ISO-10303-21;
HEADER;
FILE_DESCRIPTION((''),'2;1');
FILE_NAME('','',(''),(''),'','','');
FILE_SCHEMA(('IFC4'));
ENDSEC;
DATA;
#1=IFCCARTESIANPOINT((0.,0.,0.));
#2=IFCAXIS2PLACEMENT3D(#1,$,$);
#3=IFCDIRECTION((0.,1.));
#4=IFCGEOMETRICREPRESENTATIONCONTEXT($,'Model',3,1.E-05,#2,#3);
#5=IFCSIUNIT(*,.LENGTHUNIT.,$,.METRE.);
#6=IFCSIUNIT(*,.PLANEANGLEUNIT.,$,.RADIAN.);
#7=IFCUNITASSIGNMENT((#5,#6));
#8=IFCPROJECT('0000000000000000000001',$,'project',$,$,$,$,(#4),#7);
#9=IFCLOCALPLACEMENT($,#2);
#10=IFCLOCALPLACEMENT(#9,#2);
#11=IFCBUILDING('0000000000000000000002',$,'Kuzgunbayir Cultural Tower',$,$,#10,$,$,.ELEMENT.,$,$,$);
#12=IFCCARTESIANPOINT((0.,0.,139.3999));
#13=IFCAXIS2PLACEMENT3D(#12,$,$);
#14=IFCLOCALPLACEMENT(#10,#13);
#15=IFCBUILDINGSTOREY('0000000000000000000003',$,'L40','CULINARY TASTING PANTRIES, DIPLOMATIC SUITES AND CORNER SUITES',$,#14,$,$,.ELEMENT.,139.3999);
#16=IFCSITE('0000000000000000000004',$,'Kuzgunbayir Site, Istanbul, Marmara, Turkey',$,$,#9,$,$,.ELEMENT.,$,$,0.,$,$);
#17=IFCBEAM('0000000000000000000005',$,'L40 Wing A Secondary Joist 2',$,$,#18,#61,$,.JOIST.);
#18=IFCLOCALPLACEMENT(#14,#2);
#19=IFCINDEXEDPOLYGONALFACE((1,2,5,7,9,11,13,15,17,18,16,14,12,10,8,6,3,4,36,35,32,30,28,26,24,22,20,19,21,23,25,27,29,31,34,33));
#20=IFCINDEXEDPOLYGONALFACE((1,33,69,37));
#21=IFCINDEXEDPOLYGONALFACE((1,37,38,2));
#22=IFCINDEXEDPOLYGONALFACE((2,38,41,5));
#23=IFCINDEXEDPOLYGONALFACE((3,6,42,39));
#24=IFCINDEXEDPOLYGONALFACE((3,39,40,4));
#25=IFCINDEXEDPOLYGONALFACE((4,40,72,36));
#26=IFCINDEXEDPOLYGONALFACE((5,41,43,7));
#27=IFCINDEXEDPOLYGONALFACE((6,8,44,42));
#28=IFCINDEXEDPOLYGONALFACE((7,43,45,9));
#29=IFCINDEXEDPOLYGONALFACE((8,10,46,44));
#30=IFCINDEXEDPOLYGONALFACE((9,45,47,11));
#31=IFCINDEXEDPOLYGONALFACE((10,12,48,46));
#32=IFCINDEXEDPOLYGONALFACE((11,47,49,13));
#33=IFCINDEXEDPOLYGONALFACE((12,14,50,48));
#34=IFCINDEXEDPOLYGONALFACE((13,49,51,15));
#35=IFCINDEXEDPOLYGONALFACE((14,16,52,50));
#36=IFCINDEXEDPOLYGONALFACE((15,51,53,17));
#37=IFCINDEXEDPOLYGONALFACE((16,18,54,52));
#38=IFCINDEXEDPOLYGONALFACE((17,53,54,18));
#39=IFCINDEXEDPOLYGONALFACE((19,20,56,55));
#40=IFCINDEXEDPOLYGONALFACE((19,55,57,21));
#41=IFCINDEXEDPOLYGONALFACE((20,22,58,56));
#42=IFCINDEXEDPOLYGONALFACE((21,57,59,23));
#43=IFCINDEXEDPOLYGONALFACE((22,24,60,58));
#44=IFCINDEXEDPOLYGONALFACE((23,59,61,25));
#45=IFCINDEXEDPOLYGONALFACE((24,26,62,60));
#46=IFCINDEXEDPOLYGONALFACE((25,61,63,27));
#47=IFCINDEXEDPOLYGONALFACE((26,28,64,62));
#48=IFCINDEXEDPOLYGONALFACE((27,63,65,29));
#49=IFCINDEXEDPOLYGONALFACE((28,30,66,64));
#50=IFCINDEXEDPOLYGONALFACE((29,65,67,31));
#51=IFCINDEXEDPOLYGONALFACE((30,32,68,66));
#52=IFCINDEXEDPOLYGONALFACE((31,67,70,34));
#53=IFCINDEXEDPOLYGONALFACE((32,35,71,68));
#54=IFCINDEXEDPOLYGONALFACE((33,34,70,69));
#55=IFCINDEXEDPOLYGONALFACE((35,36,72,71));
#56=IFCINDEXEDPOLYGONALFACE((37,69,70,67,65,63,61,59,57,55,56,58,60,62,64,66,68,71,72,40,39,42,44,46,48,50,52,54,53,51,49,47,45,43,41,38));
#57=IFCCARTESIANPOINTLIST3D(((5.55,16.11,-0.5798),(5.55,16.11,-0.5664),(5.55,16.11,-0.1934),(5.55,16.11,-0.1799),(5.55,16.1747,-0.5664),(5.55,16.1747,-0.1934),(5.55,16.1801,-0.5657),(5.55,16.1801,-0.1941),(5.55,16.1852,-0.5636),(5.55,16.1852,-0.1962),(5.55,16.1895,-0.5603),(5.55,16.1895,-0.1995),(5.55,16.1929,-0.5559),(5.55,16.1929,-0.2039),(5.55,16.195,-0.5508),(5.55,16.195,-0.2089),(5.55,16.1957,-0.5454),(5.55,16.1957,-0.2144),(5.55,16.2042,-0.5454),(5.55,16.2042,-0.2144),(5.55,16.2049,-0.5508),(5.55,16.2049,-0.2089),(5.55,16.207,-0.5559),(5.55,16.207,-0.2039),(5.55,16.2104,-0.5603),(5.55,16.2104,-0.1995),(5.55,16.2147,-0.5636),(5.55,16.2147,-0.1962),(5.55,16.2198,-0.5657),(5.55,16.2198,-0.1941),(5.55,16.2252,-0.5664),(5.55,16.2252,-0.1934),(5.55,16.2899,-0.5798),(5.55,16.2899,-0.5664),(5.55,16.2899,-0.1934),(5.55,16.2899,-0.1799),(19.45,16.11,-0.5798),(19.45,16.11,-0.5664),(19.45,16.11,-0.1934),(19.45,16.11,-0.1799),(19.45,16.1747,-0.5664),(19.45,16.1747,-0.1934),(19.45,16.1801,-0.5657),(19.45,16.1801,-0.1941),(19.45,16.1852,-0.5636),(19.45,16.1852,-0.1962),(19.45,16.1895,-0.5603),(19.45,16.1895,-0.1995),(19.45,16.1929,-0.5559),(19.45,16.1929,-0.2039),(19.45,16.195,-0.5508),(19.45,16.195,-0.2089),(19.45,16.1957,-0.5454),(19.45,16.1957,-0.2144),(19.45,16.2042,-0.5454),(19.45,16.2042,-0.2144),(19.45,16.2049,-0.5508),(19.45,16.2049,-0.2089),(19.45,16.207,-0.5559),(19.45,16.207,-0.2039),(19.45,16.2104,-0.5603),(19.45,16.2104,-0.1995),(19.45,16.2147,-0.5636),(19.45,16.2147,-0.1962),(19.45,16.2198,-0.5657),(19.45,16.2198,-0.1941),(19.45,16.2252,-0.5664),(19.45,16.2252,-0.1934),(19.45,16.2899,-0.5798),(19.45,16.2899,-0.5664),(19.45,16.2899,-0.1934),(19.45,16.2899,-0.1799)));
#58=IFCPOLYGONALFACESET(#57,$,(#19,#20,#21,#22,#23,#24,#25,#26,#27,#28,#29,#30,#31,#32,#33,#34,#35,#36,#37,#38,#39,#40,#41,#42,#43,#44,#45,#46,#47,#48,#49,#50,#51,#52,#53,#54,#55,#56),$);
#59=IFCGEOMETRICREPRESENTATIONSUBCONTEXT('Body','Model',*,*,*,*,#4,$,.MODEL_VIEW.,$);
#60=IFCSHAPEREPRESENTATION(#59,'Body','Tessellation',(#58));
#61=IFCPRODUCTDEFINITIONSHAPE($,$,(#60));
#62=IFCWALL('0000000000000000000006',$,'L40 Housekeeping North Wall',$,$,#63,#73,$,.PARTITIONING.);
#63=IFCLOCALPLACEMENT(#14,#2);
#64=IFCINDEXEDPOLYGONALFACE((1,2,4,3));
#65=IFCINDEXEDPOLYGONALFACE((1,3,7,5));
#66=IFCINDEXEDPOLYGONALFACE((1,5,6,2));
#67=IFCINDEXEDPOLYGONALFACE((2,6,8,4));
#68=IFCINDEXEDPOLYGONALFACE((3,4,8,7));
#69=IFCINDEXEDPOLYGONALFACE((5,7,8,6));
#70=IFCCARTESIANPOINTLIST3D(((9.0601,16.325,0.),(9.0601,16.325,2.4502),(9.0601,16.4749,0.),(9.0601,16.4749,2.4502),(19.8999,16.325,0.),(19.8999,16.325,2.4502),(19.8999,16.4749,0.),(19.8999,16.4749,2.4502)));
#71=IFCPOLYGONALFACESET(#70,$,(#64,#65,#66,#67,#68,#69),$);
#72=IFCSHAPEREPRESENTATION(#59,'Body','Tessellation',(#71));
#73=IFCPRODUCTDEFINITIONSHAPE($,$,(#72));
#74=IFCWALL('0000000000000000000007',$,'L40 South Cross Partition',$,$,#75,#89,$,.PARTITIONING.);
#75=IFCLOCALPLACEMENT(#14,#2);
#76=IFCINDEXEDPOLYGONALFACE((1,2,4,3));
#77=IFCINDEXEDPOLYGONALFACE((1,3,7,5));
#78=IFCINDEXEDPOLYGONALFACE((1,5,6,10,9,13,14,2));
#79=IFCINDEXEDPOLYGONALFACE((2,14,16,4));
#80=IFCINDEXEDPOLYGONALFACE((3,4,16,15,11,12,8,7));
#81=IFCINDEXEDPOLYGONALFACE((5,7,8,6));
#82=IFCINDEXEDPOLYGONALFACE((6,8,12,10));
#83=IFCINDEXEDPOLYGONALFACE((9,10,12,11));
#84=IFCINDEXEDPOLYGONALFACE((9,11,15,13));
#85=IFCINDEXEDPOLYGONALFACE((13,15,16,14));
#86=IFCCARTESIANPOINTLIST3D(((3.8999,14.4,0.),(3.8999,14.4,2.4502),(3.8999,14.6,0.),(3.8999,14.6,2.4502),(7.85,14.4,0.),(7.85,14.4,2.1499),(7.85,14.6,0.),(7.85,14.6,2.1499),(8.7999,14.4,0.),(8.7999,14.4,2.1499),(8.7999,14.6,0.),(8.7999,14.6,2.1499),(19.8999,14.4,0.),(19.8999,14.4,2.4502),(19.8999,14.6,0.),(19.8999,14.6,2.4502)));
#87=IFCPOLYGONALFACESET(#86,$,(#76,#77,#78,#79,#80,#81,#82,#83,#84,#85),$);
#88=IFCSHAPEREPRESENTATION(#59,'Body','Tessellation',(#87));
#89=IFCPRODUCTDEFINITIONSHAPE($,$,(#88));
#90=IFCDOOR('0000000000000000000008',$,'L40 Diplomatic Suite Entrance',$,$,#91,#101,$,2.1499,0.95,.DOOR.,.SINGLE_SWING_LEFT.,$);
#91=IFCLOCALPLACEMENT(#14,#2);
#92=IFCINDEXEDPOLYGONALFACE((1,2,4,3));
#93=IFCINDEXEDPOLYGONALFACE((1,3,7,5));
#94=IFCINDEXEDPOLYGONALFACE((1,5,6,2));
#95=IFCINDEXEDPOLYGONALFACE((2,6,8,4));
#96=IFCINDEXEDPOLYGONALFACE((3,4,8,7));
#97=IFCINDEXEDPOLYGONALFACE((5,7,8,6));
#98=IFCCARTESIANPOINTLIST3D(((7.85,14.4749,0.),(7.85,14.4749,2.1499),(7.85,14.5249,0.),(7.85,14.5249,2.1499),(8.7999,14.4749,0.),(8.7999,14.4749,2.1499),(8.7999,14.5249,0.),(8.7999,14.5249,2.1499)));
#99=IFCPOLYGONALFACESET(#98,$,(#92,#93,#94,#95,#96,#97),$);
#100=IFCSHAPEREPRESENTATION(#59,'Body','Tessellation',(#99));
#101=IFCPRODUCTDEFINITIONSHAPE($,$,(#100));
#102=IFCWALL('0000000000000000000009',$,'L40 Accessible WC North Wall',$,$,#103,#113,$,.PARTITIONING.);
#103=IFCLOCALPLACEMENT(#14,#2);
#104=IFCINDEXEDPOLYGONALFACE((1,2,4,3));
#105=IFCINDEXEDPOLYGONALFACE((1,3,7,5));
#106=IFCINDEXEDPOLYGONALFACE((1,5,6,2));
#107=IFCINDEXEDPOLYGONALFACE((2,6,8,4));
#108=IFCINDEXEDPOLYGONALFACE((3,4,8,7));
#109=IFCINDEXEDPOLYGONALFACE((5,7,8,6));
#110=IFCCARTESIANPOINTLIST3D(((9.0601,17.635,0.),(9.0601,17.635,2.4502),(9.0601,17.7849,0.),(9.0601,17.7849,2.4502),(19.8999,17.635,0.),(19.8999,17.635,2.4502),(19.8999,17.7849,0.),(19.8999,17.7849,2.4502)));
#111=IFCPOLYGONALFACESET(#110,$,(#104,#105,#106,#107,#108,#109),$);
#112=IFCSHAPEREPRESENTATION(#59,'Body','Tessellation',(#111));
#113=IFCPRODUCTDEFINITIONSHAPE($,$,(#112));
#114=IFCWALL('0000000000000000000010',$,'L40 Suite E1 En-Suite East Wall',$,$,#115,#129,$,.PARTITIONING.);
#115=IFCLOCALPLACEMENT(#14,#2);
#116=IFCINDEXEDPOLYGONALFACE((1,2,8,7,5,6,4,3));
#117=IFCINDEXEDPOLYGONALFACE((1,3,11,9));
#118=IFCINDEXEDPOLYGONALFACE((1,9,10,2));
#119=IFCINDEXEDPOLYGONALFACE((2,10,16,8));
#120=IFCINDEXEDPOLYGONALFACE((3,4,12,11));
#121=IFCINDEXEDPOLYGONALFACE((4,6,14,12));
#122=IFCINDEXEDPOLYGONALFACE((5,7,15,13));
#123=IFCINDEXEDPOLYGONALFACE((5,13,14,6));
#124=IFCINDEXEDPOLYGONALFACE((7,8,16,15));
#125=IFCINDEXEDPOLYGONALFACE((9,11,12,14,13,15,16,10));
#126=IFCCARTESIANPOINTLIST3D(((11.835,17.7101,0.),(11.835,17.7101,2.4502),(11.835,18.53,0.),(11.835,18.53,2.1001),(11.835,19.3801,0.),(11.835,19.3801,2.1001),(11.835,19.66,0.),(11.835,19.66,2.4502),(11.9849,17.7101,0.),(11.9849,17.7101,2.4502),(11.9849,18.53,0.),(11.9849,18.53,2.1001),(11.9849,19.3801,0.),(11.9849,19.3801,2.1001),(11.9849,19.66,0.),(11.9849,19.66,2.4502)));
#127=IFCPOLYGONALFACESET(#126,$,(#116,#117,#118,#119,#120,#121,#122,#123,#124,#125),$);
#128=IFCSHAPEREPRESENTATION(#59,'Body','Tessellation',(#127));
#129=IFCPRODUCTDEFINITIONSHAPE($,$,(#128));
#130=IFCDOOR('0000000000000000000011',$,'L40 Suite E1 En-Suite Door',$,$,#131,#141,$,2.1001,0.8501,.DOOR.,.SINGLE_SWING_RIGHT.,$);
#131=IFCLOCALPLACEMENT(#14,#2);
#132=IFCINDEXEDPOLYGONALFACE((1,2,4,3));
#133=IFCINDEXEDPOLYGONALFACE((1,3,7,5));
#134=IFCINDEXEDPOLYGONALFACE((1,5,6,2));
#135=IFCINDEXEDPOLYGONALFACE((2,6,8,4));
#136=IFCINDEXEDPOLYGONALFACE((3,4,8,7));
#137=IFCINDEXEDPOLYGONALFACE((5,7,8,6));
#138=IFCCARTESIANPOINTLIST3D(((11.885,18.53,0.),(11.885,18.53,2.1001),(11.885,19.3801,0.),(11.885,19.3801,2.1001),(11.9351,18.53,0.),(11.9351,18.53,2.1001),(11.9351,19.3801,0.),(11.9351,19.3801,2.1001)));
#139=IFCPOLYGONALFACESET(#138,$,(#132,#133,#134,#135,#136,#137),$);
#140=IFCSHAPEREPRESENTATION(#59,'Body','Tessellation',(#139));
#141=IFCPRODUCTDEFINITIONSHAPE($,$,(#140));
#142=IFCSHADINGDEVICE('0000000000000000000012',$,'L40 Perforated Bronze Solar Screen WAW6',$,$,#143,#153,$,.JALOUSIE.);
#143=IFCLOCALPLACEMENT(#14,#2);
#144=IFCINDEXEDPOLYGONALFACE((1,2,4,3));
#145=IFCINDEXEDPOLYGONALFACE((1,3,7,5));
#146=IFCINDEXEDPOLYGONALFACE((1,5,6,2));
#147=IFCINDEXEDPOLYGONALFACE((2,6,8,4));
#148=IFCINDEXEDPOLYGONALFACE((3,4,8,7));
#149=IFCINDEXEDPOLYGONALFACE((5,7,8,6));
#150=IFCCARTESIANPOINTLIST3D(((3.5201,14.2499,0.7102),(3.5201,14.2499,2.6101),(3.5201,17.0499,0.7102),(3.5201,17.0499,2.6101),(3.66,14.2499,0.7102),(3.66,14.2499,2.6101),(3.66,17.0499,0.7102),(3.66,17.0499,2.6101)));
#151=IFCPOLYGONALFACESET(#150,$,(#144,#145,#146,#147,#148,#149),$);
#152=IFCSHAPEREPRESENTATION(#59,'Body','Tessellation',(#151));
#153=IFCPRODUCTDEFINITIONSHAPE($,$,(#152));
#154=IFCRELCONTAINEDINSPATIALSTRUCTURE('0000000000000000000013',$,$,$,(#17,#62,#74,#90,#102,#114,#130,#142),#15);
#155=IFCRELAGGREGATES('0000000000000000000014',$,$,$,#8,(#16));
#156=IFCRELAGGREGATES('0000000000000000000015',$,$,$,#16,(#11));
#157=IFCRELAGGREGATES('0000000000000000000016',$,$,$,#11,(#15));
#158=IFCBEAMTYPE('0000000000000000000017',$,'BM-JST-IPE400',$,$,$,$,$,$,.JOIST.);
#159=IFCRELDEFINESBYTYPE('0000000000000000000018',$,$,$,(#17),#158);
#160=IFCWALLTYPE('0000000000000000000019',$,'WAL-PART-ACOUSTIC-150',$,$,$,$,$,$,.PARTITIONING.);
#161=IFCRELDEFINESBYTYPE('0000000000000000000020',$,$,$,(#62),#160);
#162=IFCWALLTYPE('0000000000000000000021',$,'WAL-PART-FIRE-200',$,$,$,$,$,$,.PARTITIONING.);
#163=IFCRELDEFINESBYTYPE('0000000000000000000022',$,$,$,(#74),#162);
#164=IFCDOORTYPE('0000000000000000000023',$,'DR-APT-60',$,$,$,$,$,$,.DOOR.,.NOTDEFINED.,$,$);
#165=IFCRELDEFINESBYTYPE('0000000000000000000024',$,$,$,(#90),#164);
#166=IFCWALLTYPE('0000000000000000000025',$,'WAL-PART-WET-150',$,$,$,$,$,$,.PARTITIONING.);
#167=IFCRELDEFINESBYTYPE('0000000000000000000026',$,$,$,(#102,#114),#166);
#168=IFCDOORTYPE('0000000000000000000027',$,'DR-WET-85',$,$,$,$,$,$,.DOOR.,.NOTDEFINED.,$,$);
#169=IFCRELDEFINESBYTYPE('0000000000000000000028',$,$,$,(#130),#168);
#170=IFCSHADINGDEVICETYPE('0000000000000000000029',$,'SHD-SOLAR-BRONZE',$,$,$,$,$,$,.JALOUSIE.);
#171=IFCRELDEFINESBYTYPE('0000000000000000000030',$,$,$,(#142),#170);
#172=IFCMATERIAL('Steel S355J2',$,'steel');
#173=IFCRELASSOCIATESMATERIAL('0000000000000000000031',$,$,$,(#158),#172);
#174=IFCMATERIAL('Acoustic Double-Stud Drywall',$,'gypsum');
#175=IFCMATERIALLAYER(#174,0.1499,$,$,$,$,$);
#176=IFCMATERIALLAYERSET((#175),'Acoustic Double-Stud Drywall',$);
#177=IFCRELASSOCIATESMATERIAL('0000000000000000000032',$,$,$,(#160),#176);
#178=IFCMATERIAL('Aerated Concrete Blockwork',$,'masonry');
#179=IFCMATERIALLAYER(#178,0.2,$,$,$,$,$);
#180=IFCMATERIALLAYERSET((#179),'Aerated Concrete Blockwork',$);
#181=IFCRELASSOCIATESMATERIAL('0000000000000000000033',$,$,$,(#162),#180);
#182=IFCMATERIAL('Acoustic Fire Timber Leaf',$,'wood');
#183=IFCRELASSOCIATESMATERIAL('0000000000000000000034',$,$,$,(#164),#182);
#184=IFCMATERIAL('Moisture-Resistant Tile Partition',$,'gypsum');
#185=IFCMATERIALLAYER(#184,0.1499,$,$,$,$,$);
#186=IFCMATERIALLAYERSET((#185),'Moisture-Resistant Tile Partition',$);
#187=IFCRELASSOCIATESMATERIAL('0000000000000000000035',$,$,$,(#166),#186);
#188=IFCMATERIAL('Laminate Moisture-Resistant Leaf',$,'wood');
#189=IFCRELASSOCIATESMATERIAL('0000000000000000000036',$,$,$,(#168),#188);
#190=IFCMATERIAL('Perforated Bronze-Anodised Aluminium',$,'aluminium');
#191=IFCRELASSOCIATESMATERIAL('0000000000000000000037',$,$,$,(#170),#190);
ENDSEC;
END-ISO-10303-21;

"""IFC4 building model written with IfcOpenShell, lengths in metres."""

from ifc_helpers import new_model, si_unit, direction, frame, frame_2d, origin, origin_2d, place, context, subcontext, project, spatial, rectangle, i_section, extrude, material, layer, layer_set, material_profile, profile_set, type_object, element, fill, save


model = new_model("IFC4")

# Units and contexts
model_context = context("Model", 3, precision=1e-05, world=origin(), true_north=direction((0.0, 1.0)))
body_context = subcontext(model_context, "Body", "Model", "MODEL_VIEW")
ifc_project = project(units=[si_unit("LENGTHUNIT", "METRE"), si_unit("PLANEANGLEUNIT", "RADIAN")], contexts=[model_context])

# Site, building, storey
site_placement = place(None, origin())
site = spatial("IfcSite", under=ifc_project, at=site_placement, Name="Kuzgunbayir Site, Istanbul, Marmara, Turkey", CompositionType="ELEMENT", RefElevation=0.0)
building_placement = place(site_placement, origin())
building = spatial("IfcBuilding", under=site, at=building_placement, Name="Kuzgunbayir Cultural Tower", CompositionType="ELEMENT")
storey_placement = place(building_placement, frame((0.0, 0.0, 139.3999)))
storey = spatial("IfcBuildingStorey", under=building, at=storey_placement, Name="L40", Description="CULINARY TASTING PANTRIES, DIPLOMATIC SUITES AND CORNER SUITES", CompositionType="ELEMENT", Elevation=139.3999)

# Beam
ifc_material_1 = material(Name="Steel S355J2", Category="steel")
ifc_material_profile_1 = material_profile(ifc_material_1, i_section(OverallWidth=0.1799, OverallDepth=0.3999, WebThickness=0.0085, FlangeThickness=0.0134, FilletRadius=0.021, at=origin_2d()), Name="IPE 400")
ifc_profile_set_1 = profile_set([ifc_material_profile_1], Name="Steel S355J2")
beam_type_1 = type_object("IfcBeamType", Name="BM-JST-IPE400", PredefinedType="JOIST", material=ifc_profile_set_1)
for number, where, z_axis, x_axis, name in (
    (1, (5.55, 16.2, -0.3799), (1.0, 0.0, 0.0), (0.0, 1.0, 0.0), "L40 Wing A Secondary Joist 2"),
):
    element("IfcBeam", number, at=place(storey_placement, frame(where, z_axis=z_axis, x_axis=x_axis)), inside=storey, type_object=beam_type_1, Name=name, PredefinedType="JOIST", context=body_context, shape_type="SweptSolid", body=[
        extrude(i_section(OverallWidth=0.1799, OverallDepth=0.3999, WebThickness=0.0085, FlangeThickness=0.0134, FilletRadius=0.021, at=origin_2d()), origin(), (0.0, 0.0, 1.0), 13.8999),
    ])

# Wall
ifc_material_2 = material(Name="Acoustic Double-Stud Drywall", Category="gypsum")
ifc_layer_1 = layer(ifc_material_2, 0.1499)
ifc_layer_set_1 = layer_set([ifc_layer_1], Name="Acoustic Double-Stud Drywall")
wall_type_1 = type_object("IfcWallType", Name="WAL-PART-ACOUSTIC-150", PredefinedType="PARTITIONING", material=ifc_layer_set_1)
wall_1_placement = place(storey_placement, frame((9.0601, 16.3999, 0.0), z_axis=(0.0, 0.0, 1.0), x_axis=(1.0, 0.0, 0.0)))
element("IfcWall", 2, at=wall_1_placement, inside=storey, type_object=wall_type_1, Name="L40 Housekeeping North Wall", PredefinedType="PARTITIONING", context=body_context, shape_type="SweptSolid", body=[
    extrude(rectangle(XDim=10.8398, YDim=0.1499, at=frame_2d((5.4199, 0.0))), origin(), (0.0, 0.0, 1.0), 2.4502),
])

# Shared definitions
ifc_material_3 = material(Name="Aerated Concrete Blockwork", Category="masonry")
ifc_layer_2 = layer(ifc_material_3, 0.2)
ifc_layer_set_2 = layer_set([ifc_layer_2], Name="Aerated Concrete Blockwork")
wall_type_2 = type_object("IfcWallType", Name="WAL-PART-FIRE-200", PredefinedType="PARTITIONING", material=ifc_layer_set_2)
ifc_material_4 = material(Name="Acoustic Fire Timber Leaf", Category="wood")
door_type_1 = type_object("IfcDoorType", Name="DR-APT-60", OperationType="NOTDEFINED", PredefinedType="DOOR", material=ifc_material_4)
ifc_material_5 = material(Name="Laminate Moisture-Resistant Leaf", Category="wood")

# Wall, opening, door
wall_2_placement = place(storey_placement, frame((3.8999, 14.5, 0.0), z_axis=(0.0, 0.0, 1.0), x_axis=(1.0, 0.0, 0.0)))
wall_2 = element("IfcWall", 3, at=wall_2_placement, inside=storey, type_object=wall_type_2, Name="L40 South Cross Partition", PredefinedType="PARTITIONING", context=body_context, shape_type="SweptSolid", body=[
    extrude(rectangle(XDim=16.0, YDim=0.2, at=frame_2d((8.0, 0.0))), origin(), (0.0, 0.0, 1.0), 2.4502),
])
opening_1_placement = place(wall_2_placement, frame((3.95, 0.0, 0.0)))
opening_1 = element("IfcOpeningElement", 4, at=opening_1_placement, cuts=wall_2, PredefinedType="OPENING", context=body_context, shape_type="SweptSolid", body=[
    extrude(rectangle(XDim=0.95, YDim=2.1499, at=frame_2d((0.4751, 1.075))), frame((0.0, 0.1099, 0.0), z_axis=(0.0, -1.0, 0.0), x_axis=(1.0, 0.0, 0.0)), (0.0, 0.0, 1.0), 0.22),
])
door_1_placement = place(opening_1_placement, origin())
door_1 = element("IfcDoor", 5, at=door_1_placement, inside=storey, type_object=door_type_1, Name="L40 Diplomatic Suite Entrance", OperationType="SINGLE_SWING_LEFT", OverallHeight=2.1499, OverallWidth=0.95, PredefinedType="DOOR", context=body_context, shape_type="SweptSolid", body=[
    extrude(rectangle(XDim=0.95, YDim=2.1499, at=frame_2d((0.4751, 1.075))), frame((0.0, 0.0249, 0.0), z_axis=(0.0, -1.0, 0.0), x_axis=(1.0, 0.0, 0.0)), (0.0, 0.0, 1.0), 0.05),
])
fill(opening_1, door_1)

# Wall
ifc_material_6 = material(Name="Moisture-Resistant Tile Partition", Category="gypsum")
ifc_layer_3 = layer(ifc_material_6, 0.1499)
ifc_layer_set_3 = layer_set([ifc_layer_3], Name="Moisture-Resistant Tile Partition")
wall_type_3 = type_object("IfcWallType", Name="WAL-PART-WET-150", PredefinedType="PARTITIONING", material=ifc_layer_set_3)
wall_3_placement = place(storey_placement, frame((9.0601, 17.71, 0.0), z_axis=(0.0, 0.0, 1.0), x_axis=(1.0, 0.0, 0.0)))
element("IfcWall", 6, at=wall_3_placement, inside=storey, type_object=wall_type_3, Name="L40 Accessible WC North Wall", PredefinedType="PARTITIONING", context=body_context, shape_type="SweptSolid", body=[
    extrude(rectangle(XDim=10.8398, YDim=0.1499, at=frame_2d((5.4199, 0.0))), origin(), (0.0, 0.0, 1.0), 2.4502),
])

# Wall, opening, door
wall_4_placement = place(storey_placement, frame((11.9099, 17.71, 0.0), z_axis=(0.0, 0.0, 1.0), x_axis=(0.0, 1.0, 0.0)))
wall_4 = element("IfcWall", 7, at=wall_4_placement, inside=storey, type_object=wall_type_3, Name="L40 Suite E1 En-Suite East Wall", PredefinedType="PARTITIONING", context=body_context, shape_type="SweptSolid", body=[
    extrude(rectangle(XDim=1.95, YDim=0.1499, at=frame_2d((0.9751, 0.0))), origin(), (0.0, 0.0, 1.0), 2.4502),
])
opening_2_placement = place(wall_4_placement, frame((0.8201, 0.0, 0.0)))
opening_2 = element("IfcOpeningElement", 8, at=opening_2_placement, cuts=wall_4, PredefinedType="OPENING", context=body_context, shape_type="SweptSolid", body=[
    extrude(rectangle(XDim=0.8501, YDim=2.1001, at=frame_2d((0.425, 1.05))), frame((0.0, 0.085, 0.0), z_axis=(0.0, -1.0, 0.0), x_axis=(1.0, 0.0, 0.0)), (0.0, 0.0, 1.0), 0.1699),
])
door_type_2 = type_object("IfcDoorType", Name="DR-WET-85", OperationType="NOTDEFINED", PredefinedType="DOOR", material=ifc_material_5)
door_2_placement = place(opening_2_placement, origin())
door_2 = element("IfcDoor", 9, at=door_2_placement, inside=storey, type_object=door_type_2, Name="L40 Suite E1 En-Suite Door", OperationType="SINGLE_SWING_RIGHT", OverallHeight=2.1001, OverallWidth=0.8501, PredefinedType="DOOR", context=body_context, shape_type="SweptSolid", body=[
    extrude(rectangle(XDim=0.8501, YDim=2.1001, at=frame_2d((0.425, 1.05))), frame((0.0, 0.0249, 0.0), z_axis=(0.0, -1.0, 0.0), x_axis=(1.0, 0.0, 0.0)), (0.0, 0.0, 1.0), 0.05),
])
fill(opening_2, door_2)

# Shading device
ifc_material_7 = material(Name="Perforated Bronze-Anodised Aluminium", Category="aluminium")
shading_device_type = type_object("IfcShadingDeviceType", Name="SHD-SOLAR-BRONZE", PredefinedType="JALOUSIE", material=ifc_material_7)
shading_device_placement = place(storey_placement, frame((3.5901, 15.6499, 0.7102), z_axis=(0.0, 0.0, 1.0), x_axis=(1.0, 0.0, 0.0)))
element("IfcShadingDevice", 10, at=shading_device_placement, inside=storey, type_object=shading_device_type, Name="L40 Perforated Bronze Solar Screen WAW6", PredefinedType="JALOUSIE", context=body_context, shape_type="SweptSolid", body=[
    extrude(rectangle(XDim=0.1399, YDim=2.8, at=origin_2d()), origin(), (0.0, 0.0, 1.0), 1.8999),
])

save(model, "model.ifc")
